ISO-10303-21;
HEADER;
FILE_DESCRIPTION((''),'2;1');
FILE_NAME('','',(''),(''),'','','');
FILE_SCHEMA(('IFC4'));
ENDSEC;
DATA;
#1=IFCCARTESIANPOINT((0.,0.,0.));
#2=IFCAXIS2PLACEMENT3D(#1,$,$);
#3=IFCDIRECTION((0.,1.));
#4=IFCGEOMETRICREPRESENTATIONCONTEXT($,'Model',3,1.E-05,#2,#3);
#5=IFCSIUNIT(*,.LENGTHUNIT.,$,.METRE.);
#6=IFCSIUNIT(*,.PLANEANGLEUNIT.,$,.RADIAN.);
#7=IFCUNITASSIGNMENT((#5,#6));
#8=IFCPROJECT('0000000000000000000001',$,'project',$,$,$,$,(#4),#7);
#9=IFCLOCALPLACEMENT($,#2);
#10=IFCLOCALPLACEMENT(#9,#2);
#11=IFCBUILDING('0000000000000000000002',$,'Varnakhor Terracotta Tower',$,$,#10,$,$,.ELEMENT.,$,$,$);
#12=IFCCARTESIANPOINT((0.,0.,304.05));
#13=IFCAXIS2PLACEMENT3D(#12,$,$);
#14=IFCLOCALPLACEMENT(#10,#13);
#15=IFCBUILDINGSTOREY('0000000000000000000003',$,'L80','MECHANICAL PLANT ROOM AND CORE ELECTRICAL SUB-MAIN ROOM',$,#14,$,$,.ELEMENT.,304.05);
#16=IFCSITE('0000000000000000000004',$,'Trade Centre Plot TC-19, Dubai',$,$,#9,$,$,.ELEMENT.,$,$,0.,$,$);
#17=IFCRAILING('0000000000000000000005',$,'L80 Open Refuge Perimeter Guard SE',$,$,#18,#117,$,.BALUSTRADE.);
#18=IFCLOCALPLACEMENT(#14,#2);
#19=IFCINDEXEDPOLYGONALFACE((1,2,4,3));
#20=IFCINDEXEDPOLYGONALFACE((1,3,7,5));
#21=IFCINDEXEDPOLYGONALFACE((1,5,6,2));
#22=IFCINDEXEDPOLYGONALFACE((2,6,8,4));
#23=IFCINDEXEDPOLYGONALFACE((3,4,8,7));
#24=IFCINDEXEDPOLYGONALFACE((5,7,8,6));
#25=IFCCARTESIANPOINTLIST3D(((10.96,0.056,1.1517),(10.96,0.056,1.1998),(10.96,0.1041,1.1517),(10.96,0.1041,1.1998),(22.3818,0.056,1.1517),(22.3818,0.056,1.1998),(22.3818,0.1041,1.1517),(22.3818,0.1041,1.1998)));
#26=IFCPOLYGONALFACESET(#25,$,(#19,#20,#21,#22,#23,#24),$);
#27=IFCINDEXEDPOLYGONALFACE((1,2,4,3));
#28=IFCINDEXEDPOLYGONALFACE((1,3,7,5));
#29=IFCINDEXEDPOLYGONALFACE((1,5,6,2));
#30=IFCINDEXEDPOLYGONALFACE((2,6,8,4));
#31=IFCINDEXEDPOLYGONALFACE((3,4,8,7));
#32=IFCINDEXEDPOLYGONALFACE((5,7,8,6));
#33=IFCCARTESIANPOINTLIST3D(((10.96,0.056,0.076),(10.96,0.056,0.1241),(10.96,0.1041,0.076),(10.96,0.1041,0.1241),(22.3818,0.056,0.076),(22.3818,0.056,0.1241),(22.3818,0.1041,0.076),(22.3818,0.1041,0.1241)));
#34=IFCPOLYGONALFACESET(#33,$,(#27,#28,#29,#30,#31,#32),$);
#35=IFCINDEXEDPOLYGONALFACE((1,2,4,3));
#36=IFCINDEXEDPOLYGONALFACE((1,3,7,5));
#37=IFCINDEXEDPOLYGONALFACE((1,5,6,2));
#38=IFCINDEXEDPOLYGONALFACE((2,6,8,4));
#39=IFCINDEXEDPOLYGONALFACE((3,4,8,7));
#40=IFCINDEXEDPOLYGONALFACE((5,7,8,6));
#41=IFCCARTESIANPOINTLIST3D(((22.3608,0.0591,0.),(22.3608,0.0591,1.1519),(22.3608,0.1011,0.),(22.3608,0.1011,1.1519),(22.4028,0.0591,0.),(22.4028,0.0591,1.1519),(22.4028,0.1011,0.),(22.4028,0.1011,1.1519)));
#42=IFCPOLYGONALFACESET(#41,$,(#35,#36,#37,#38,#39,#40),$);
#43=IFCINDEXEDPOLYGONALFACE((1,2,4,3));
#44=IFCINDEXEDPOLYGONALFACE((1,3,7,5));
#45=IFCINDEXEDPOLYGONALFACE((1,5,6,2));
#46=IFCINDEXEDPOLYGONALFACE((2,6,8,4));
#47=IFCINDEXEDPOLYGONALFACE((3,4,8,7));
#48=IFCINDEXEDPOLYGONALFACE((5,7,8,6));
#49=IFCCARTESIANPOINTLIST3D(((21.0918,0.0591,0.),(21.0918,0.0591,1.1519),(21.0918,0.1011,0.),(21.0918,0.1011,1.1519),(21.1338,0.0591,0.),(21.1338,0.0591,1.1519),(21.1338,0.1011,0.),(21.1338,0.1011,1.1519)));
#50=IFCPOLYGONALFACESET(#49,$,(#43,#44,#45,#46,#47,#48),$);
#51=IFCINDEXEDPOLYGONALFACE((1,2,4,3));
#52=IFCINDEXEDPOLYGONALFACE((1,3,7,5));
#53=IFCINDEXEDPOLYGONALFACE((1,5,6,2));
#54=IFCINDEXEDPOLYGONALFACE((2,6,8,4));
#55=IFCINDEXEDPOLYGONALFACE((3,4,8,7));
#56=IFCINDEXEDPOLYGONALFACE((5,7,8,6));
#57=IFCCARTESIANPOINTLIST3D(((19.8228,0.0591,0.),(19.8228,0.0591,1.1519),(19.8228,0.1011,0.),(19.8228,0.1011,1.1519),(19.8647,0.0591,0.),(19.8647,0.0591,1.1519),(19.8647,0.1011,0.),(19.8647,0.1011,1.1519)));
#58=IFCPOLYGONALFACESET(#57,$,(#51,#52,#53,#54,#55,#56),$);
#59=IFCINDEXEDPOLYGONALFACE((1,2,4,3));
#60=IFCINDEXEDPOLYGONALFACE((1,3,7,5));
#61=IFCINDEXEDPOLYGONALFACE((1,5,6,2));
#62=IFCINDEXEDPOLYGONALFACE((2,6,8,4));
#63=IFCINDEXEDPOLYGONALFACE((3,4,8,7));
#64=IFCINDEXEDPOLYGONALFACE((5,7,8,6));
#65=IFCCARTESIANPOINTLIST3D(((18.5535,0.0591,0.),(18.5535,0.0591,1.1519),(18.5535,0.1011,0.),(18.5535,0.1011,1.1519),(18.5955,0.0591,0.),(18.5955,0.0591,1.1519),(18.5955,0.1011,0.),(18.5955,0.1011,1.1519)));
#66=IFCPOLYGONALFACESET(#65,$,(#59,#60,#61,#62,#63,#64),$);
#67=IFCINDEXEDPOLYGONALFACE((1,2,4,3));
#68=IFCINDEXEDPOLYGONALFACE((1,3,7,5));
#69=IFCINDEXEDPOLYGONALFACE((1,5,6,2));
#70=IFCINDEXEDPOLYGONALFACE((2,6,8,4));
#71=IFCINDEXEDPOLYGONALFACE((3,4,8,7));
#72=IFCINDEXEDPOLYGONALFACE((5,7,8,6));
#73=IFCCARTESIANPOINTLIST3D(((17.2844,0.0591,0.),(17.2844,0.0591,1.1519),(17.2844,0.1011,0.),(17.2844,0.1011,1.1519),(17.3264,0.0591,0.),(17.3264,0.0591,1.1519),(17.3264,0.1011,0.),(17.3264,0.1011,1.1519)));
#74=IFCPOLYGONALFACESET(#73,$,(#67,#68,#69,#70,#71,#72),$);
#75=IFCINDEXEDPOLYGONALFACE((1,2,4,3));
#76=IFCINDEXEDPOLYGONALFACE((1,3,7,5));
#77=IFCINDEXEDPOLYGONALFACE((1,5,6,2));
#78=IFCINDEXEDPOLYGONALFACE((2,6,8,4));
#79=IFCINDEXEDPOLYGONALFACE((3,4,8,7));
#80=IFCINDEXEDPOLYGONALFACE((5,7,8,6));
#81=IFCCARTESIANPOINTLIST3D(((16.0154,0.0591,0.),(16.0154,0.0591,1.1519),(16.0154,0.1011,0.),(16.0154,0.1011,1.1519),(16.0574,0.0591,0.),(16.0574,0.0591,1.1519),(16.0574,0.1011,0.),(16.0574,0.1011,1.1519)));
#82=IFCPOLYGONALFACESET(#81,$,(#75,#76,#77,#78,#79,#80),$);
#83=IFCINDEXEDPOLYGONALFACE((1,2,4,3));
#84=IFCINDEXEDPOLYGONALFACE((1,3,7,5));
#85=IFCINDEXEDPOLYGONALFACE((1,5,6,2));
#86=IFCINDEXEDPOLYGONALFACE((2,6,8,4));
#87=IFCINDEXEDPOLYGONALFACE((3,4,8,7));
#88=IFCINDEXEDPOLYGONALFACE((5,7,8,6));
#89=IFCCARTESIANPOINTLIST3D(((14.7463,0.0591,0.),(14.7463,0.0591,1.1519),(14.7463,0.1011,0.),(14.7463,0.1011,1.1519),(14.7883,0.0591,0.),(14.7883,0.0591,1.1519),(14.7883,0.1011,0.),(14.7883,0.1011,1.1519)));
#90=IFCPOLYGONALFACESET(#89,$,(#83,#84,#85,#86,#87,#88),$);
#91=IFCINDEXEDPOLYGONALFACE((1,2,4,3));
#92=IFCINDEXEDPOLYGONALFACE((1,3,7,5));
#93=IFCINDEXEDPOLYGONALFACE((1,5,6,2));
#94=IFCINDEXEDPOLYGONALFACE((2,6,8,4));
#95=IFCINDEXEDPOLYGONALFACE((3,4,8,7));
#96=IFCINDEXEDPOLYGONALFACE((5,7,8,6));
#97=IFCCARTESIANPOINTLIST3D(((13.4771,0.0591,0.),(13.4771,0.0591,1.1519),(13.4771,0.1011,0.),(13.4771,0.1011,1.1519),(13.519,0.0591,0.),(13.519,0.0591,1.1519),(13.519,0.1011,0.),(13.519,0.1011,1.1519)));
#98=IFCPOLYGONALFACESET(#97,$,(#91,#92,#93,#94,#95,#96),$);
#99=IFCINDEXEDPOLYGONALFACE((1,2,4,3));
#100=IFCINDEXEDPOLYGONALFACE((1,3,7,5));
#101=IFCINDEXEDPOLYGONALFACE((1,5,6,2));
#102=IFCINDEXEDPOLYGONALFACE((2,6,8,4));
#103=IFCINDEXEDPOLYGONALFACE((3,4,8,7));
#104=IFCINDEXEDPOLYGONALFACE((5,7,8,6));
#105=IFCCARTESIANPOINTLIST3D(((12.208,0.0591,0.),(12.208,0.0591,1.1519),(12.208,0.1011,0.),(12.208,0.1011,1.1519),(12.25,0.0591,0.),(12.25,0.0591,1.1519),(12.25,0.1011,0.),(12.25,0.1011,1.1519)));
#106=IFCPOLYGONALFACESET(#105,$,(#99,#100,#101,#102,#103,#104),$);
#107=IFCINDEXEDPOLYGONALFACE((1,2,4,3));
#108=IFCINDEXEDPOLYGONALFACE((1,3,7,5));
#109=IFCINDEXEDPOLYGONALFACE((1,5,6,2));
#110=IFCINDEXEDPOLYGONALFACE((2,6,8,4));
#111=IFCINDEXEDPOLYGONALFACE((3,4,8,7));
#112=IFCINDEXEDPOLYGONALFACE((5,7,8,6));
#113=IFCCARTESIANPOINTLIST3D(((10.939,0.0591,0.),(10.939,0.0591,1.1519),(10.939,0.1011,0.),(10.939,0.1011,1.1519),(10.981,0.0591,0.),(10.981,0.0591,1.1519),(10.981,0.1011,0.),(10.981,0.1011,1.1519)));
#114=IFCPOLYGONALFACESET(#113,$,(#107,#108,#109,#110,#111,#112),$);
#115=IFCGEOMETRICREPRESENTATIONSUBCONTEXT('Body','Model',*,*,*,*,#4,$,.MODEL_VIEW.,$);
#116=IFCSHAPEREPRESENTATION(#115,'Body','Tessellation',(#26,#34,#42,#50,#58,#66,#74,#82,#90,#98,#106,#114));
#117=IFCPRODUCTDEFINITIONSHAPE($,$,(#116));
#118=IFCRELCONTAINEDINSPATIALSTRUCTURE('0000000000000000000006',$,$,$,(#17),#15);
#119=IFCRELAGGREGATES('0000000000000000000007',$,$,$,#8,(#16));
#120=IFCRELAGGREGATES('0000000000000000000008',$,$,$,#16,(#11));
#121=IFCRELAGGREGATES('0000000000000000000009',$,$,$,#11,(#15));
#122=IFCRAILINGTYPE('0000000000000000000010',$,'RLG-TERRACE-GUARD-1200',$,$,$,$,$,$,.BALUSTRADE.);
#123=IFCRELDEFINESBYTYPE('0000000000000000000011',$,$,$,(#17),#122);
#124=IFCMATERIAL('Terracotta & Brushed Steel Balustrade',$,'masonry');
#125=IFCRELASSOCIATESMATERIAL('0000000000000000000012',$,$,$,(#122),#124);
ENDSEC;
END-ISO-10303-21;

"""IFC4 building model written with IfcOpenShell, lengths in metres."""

from ifc_helpers import new_model, si_unit, direction, frame, origin, origin_2d, place, context, subcontext, project, spatial, rectangle, extrude, material, type_object, element, save


model = new_model("IFC4")

# Units and contexts
model_context = context("Model", 3, precision=1e-05, world=origin(), true_north=direction((0.0, 1.0)))
body_context = subcontext(model_context, "Body", "Model", "MODEL_VIEW")
ifc_project = project(units=[si_unit("LENGTHUNIT", "METRE"), si_unit("PLANEANGLEUNIT", "RADIAN")], contexts=[model_context])

# Site, building, storey
site_placement = place(None, origin())
site = spatial("IfcSite", under=ifc_project, at=site_placement, Name="Trade Centre Plot TC-19, Dubai", CompositionType="ELEMENT", RefElevation=0.0)
building_placement = place(site_placement, origin())
building = spatial("IfcBuilding", under=site, at=building_placement, Name="Varnakhor Terracotta Tower", CompositionType="ELEMENT")
storey_placement = place(building_placement, frame((0.0, 0.0, 304.05)))
storey = spatial("IfcBuildingStorey", under=building, at=storey_placement, Name="L80", Description="MECHANICAL PLANT ROOM AND CORE ELECTRICAL SUB-MAIN ROOM", CompositionType="ELEMENT", Elevation=304.05)

# Railing
ifc_material_1 = material(Name="Terracotta & Brushed Steel Balustrade", Category="masonry")
railing_type_1 = type_object("IfcRailingType", Name="RLG-TERRACE-GUARD-1200", PredefinedType="BALUSTRADE", material=ifc_material_1)
railing_1_placement = place(storey_placement, frame((22.3818, 0.0801, 0.0)))
element("IfcRailing", 1, at=railing_1_placement, inside=storey, type_object=railing_type_1, Name="L80 Open Refuge Perimeter Guard SE", PredefinedType="BALUSTRADE", context=body_context, shape_type="SweptSolid", body=[
    extrude(rectangle(XDim=0.0481, YDim=0.0481, at=origin_2d()), frame((0.0, 0.0, 1.1758), z_axis=(-1.0, 0.0, 0.0), x_axis=(0.0, -1.0, 0.0)), (0.0, 0.0, 1.0), 11.4219),
    extrude(rectangle(XDim=0.0481, YDim=0.0481, at=origin_2d()), frame((0.0, 0.0, 0.1001), z_axis=(-1.0, 0.0, 0.0), x_axis=(0.0, -1.0, 0.0)), (0.0, 0.0, 1.0), 11.4219),
    extrude(rectangle(XDim=0.042, YDim=0.042, at=origin_2d()), origin(), (0.0, 0.0, 1.0), 1.1519),
    extrude(rectangle(XDim=0.042, YDim=0.042, at=origin_2d()), frame((-1.269, 0.0, 0.0)), (0.0, 0.0, 1.0), 1.1519),
    extrude(rectangle(XDim=0.042, YDim=0.042, at=origin_2d()), frame((-2.5381, 0.0, 0.0)), (0.0, 0.0, 1.0), 1.1519),
    extrude(rectangle(XDim=0.042, YDim=0.042, at=origin_2d()), frame((-3.8074, 0.0, 0.0)), (0.0, 0.0, 1.0), 1.1519),
    extrude(rectangle(XDim=0.042, YDim=0.042, at=origin_2d()), frame((-5.0764, 0.0, 0.0)), (0.0, 0.0, 1.0), 1.1519),
    extrude(rectangle(XDim=0.042, YDim=0.042, at=origin_2d()), frame((-6.3455, 0.0, 0.0)), (0.0, 0.0, 1.0), 1.1519),
    extrude(rectangle(XDim=0.042, YDim=0.042, at=origin_2d()), frame((-7.6145, 0.0, 0.0)), (0.0, 0.0, 1.0), 1.1519),
    extrude(rectangle(XDim=0.042, YDim=0.042, at=origin_2d()), frame((-8.8838, 0.0, 0.0)), (0.0, 0.0, 1.0), 1.1519),
    extrude(rectangle(XDim=0.042, YDim=0.042, at=origin_2d()), frame((-10.1528, 0.0, 0.0)), (0.0, 0.0, 1.0), 1.1519),
    extrude(rectangle(XDim=0.042, YDim=0.042, at=origin_2d()), frame((-11.4219, 0.0, 0.0)), (0.0, 0.0, 1.0), 1.1519),
])

save(model, "model.ifc")
